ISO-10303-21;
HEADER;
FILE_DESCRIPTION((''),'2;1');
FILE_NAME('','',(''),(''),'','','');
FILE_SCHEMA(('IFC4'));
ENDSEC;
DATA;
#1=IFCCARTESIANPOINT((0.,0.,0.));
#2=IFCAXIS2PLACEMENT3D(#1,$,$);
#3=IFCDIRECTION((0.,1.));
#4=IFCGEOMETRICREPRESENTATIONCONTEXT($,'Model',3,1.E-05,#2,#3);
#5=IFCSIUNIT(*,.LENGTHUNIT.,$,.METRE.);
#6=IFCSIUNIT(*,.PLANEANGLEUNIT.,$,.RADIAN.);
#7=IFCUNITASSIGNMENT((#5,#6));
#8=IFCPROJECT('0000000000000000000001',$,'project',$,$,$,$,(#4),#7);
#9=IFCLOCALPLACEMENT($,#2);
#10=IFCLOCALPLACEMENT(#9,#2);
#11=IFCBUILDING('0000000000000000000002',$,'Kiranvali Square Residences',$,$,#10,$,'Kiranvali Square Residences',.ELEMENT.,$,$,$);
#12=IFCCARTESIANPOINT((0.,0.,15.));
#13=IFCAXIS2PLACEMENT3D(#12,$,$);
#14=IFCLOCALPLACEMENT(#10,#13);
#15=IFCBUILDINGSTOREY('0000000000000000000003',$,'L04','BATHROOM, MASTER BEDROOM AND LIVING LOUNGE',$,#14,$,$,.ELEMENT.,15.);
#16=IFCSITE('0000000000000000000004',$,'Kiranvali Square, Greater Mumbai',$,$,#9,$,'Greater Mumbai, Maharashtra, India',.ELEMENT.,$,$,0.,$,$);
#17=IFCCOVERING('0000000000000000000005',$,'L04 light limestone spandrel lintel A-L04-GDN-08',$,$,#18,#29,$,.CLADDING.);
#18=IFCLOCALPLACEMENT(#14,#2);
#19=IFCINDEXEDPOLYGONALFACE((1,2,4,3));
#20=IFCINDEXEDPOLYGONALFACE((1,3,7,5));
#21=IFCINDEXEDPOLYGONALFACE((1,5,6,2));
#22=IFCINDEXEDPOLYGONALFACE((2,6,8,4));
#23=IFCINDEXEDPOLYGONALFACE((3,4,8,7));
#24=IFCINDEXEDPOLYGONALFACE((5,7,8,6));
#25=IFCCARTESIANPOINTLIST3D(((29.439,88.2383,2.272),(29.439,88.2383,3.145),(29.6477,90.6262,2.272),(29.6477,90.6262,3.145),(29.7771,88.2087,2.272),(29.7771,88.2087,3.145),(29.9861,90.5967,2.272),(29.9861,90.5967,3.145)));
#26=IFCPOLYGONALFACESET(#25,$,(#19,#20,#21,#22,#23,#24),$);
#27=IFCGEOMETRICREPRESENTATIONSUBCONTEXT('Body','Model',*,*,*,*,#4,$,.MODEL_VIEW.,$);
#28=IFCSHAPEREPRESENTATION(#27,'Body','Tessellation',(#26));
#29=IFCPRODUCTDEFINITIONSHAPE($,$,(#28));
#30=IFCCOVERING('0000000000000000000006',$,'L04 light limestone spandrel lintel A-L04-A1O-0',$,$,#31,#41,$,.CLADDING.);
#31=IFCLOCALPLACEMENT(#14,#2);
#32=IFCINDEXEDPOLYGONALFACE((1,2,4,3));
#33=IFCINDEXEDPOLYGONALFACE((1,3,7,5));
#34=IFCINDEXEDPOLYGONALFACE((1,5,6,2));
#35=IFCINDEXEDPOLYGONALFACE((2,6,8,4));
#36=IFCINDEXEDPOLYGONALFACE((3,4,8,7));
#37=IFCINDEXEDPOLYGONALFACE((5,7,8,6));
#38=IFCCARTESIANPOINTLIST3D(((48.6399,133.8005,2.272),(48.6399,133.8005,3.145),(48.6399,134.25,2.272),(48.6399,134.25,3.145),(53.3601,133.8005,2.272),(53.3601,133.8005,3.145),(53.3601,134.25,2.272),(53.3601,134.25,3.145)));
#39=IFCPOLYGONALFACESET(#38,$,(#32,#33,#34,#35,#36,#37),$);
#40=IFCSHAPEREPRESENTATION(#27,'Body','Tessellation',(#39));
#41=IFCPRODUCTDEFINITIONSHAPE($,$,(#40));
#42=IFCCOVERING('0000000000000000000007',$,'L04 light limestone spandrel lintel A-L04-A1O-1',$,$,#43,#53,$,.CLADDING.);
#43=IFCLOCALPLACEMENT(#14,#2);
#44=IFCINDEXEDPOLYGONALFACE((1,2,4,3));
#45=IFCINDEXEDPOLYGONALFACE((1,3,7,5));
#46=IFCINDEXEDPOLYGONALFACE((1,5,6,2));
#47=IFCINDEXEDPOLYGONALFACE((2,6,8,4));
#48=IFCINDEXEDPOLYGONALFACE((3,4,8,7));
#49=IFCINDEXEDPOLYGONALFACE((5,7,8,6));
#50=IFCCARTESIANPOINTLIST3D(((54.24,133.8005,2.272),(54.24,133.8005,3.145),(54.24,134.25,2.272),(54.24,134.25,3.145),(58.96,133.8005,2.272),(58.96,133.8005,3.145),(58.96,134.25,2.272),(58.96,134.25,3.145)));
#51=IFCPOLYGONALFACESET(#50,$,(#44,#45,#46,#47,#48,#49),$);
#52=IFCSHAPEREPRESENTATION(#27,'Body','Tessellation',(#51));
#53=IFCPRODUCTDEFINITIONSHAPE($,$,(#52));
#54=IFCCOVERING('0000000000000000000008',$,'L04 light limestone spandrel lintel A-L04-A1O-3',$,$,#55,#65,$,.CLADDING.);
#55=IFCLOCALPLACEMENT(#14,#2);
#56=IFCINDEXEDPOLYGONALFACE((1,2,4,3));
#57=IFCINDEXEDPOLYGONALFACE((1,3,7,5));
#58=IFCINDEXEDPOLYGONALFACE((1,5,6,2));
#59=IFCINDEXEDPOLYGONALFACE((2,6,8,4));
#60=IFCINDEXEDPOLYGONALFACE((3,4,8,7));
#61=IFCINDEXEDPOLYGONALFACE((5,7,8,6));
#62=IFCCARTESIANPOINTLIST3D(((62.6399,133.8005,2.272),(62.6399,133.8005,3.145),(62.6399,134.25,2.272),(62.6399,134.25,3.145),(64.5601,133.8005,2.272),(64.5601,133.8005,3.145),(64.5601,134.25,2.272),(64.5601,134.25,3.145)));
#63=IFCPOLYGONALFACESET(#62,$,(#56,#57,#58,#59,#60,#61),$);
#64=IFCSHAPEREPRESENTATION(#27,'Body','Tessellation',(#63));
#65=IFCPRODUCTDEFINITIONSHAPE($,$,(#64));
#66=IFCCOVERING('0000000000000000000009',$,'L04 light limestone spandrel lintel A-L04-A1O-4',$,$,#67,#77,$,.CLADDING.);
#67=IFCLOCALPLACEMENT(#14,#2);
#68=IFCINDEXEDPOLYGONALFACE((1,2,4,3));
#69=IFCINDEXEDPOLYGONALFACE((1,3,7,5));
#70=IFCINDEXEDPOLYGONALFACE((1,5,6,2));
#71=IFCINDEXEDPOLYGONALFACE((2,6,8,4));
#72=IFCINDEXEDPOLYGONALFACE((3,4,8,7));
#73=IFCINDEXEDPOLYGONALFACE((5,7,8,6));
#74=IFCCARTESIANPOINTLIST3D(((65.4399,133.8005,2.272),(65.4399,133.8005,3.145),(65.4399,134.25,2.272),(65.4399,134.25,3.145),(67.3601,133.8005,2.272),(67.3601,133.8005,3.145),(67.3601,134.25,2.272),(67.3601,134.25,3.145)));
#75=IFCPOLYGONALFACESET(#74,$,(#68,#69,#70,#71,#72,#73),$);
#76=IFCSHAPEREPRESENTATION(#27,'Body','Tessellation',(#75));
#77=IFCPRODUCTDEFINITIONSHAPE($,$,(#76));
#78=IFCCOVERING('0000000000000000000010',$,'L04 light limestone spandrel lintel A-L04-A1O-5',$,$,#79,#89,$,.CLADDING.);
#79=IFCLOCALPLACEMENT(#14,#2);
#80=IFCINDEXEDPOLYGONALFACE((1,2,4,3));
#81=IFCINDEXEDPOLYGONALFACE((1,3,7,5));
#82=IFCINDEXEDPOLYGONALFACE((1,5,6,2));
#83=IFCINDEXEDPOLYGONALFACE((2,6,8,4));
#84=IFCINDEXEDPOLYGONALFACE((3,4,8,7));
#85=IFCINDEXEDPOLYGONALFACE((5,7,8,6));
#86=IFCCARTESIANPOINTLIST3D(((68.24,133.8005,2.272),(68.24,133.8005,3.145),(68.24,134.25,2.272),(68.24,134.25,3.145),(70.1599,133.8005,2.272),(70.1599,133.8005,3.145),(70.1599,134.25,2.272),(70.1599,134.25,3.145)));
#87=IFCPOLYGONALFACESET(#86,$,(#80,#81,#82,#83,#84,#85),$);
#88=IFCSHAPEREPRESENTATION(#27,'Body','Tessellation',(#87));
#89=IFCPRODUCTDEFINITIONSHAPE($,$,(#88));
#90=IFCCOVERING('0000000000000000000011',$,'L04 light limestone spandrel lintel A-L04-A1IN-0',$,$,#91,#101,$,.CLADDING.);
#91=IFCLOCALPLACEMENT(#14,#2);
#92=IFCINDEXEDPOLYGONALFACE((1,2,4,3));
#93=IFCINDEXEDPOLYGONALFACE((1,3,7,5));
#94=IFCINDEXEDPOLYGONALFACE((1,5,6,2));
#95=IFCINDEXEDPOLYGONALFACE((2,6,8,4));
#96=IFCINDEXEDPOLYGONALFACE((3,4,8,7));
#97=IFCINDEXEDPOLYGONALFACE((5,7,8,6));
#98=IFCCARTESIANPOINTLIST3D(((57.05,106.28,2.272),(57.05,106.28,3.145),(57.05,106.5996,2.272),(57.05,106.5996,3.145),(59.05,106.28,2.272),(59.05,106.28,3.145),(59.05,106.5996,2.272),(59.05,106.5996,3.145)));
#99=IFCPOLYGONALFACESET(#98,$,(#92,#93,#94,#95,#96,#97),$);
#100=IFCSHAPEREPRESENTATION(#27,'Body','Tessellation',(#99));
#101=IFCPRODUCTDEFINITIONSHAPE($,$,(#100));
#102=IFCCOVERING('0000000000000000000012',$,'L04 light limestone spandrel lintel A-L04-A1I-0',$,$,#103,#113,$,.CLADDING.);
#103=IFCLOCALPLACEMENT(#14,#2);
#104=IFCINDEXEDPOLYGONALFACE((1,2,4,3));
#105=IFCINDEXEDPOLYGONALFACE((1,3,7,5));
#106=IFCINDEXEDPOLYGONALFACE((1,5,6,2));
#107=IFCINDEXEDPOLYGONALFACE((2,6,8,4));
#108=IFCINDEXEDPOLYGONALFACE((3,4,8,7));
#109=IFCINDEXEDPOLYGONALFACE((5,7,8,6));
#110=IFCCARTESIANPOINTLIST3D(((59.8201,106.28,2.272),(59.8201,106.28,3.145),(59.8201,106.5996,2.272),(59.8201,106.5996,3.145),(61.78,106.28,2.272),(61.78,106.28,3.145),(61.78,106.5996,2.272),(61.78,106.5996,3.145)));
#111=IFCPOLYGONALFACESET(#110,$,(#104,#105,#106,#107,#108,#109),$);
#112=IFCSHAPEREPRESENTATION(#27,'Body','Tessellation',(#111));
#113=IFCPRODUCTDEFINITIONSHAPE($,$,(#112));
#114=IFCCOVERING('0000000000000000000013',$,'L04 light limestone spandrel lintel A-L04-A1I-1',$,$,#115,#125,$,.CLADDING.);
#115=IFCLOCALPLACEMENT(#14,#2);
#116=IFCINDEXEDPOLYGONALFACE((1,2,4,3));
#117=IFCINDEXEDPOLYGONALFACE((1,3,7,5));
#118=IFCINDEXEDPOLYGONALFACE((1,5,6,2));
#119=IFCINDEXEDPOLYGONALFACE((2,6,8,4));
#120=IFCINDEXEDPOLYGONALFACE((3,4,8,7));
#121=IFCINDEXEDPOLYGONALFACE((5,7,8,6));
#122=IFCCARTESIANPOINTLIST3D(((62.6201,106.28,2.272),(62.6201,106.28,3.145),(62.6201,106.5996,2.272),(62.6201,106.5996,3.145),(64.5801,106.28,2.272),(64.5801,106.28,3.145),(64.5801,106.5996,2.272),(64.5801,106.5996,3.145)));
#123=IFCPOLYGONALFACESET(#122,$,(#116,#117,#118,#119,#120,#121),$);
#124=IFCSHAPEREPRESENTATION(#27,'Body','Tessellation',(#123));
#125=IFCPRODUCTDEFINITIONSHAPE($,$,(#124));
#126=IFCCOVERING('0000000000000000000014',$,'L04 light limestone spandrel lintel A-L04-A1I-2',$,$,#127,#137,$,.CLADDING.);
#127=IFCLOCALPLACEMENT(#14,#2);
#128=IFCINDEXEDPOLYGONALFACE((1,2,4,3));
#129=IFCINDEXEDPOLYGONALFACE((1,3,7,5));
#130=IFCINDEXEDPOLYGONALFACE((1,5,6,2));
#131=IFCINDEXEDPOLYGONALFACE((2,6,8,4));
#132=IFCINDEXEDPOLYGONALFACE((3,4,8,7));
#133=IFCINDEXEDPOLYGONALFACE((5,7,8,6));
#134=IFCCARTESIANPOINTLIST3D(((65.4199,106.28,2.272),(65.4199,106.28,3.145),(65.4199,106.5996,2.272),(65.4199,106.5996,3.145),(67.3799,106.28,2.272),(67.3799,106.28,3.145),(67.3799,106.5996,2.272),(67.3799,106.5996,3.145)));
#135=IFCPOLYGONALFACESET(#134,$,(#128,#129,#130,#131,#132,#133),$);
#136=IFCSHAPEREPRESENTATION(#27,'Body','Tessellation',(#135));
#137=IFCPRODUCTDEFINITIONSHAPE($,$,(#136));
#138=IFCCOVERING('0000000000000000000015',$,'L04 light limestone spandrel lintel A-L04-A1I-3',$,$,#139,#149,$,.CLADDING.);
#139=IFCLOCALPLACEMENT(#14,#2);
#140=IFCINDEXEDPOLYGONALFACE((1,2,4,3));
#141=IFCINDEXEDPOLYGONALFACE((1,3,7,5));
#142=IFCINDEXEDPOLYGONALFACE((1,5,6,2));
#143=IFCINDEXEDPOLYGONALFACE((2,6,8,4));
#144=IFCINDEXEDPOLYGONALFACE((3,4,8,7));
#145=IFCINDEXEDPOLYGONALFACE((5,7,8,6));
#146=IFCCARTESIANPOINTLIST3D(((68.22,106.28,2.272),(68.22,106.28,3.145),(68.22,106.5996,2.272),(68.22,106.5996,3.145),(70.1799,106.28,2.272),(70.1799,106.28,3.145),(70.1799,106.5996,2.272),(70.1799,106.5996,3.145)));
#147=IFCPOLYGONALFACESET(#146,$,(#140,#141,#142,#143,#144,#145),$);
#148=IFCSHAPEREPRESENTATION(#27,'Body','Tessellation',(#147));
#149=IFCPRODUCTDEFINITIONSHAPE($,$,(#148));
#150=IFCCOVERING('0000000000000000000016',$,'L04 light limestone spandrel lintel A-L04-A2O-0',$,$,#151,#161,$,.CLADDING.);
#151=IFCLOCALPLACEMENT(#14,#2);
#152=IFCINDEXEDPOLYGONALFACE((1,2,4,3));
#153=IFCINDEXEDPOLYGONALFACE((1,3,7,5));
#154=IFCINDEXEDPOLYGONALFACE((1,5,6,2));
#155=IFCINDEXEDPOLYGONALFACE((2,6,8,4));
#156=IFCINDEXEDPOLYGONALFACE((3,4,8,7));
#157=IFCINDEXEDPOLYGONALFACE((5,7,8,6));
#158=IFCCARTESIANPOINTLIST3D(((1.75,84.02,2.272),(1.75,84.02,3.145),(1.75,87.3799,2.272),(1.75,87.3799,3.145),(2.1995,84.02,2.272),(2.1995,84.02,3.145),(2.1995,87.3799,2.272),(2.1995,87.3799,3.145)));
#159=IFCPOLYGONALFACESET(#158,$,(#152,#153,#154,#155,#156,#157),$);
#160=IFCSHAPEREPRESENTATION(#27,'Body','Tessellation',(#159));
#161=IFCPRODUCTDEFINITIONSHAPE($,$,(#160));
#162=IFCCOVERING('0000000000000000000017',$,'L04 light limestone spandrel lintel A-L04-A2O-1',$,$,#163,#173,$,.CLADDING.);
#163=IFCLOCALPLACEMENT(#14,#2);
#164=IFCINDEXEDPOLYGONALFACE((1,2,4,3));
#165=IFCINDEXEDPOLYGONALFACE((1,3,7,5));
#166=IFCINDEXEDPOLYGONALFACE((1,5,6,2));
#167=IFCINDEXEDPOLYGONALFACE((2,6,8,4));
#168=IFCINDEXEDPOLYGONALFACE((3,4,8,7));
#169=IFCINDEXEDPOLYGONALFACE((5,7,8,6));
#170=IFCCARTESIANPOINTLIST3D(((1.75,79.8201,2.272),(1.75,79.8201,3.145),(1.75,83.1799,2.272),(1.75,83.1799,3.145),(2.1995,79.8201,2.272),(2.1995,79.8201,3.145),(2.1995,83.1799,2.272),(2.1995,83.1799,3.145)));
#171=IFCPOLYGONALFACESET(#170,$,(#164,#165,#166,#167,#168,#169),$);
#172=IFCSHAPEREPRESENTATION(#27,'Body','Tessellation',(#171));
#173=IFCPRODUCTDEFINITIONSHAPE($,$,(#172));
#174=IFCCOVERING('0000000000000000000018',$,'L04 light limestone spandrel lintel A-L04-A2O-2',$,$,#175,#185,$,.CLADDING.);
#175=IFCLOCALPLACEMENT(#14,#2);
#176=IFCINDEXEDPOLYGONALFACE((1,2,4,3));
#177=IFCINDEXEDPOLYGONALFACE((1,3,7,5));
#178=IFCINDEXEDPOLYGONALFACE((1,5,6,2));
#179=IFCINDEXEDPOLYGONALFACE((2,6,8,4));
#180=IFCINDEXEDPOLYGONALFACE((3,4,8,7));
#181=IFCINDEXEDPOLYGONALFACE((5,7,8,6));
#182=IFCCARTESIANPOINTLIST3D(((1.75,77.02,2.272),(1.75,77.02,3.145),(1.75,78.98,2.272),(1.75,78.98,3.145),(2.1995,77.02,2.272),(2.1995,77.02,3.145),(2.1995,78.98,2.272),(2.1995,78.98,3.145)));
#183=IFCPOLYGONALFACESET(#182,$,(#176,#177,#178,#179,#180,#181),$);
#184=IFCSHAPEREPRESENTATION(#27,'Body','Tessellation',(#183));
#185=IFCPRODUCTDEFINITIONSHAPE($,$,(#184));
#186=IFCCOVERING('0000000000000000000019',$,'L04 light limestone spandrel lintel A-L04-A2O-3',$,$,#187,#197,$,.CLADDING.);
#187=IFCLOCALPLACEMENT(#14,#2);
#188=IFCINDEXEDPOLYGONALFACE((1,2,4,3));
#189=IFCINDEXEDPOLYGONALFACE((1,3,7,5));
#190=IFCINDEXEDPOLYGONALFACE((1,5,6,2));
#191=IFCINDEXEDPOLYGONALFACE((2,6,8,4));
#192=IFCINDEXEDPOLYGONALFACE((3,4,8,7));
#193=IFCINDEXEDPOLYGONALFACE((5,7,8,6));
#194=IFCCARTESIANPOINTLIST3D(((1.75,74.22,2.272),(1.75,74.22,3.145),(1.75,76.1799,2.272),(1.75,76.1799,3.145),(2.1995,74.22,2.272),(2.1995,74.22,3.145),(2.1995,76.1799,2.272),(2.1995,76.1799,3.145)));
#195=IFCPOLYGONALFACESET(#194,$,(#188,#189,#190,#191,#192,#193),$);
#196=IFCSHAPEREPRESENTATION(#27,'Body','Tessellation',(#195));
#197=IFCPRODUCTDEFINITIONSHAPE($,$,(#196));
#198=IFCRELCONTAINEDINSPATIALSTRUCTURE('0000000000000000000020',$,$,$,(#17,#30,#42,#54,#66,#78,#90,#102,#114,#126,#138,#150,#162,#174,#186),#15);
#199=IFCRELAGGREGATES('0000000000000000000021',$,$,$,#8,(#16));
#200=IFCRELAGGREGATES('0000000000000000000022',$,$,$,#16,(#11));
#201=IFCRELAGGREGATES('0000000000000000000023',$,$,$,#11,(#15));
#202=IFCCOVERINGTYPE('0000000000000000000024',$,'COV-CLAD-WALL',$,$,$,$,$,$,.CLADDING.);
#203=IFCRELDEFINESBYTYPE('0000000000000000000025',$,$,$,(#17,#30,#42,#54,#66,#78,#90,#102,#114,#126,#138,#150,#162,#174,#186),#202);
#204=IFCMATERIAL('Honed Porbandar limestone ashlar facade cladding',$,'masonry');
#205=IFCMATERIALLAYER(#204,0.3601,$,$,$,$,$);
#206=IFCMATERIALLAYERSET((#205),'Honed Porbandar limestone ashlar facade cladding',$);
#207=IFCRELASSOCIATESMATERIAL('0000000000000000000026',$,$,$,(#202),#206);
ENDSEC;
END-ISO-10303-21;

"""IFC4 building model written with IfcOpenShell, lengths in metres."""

from ifc_helpers import new_model, si_unit, direction, frame, origin, place, context, subcontext, project, spatial, polyline, outline, extrude, material, layer, layer_set, type_object, element, save


model = new_model("IFC4")

# Units and contexts
model_context = context("Model", 3, precision=1e-05, world=origin(), true_north=direction((0.0, 1.0)))
body_context = subcontext(model_context, "Body", "Model", "MODEL_VIEW")
ifc_project = project(units=[si_unit("LENGTHUNIT", "METRE"), si_unit("PLANEANGLEUNIT", "RADIAN")], contexts=[model_context])

# Site, building, storey
site_placement = place(None, origin())
site = spatial("IfcSite", under=ifc_project, at=site_placement, Name="Kiranvali Square, Greater Mumbai", LongName="Greater Mumbai, Maharashtra, India", CompositionType="ELEMENT", RefElevation=0.0)
building_placement = place(site_placement, origin())
building = spatial("IfcBuilding", under=site, at=building_placement, Name="Kiranvali Square Residences", LongName="Kiranvali Square Residences", CompositionType="ELEMENT")
storey_placement = place(building_placement, frame((0.0, 0.0, 15.0)))
storey = spatial("IfcBuildingStorey", under=building, at=storey_placement, Name="L04", Description="BATHROOM, MASTER BEDROOM AND LIVING LOUNGE", CompositionType="ELEMENT", Elevation=15.0)

# Coverings
ifc_material = material(Name="Honed Porbandar limestone ashlar facade cladding", Category="masonry")
ifc_layer = layer(ifc_material, 0.3601)
ifc_layer_set = layer_set([ifc_layer], Name="Honed Porbandar limestone ashlar facade cladding")
covering_type = type_object("IfcCoveringType", Name="COV-CLAD-WALL", PredefinedType="CLADDING", material=ifc_layer_set)
covering_1_placement = place(storey_placement, frame((0.0, 0.0, 2.272)))
element("IfcCovering", 1, at=covering_1_placement, inside=storey, type_object=covering_type, Name="L04 light limestone spandrel lintel A-L04-GDN-08", PredefinedType="CLADDING", context=body_context, shape_type="SweptSolid", body=[
    extrude(outline(polyline([(29.6477, 90.6262), (29.439, 88.2383), (29.7771, 88.2087), (29.9861, 90.5967), (29.6477, 90.6262)])), origin(), (0.0, 0.0, 1.0), 0.873),
])
covering_2_placement = place(storey_placement, frame((0.0, 0.0, 2.272)))
element("IfcCovering", 2, at=covering_2_placement, inside=storey, type_object=covering_type, Name="L04 light limestone spandrel lintel A-L04-A1O-0", PredefinedType="CLADDING", context=body_context, shape_type="SweptSolid", body=[
    extrude(outline(polyline([(48.6399, 133.8005), (53.3601, 133.8005), (53.3601, 134.25), (48.6399, 134.25), (48.6399, 133.8005)])), origin(), (0.0, 0.0, 1.0), 0.873),
])
covering_3_placement = place(storey_placement, frame((0.0, 0.0, 2.272)))
element("IfcCovering", 3, at=covering_3_placement, inside=storey, type_object=covering_type, Name="L04 light limestone spandrel lintel A-L04-A1O-1", PredefinedType="CLADDING", context=body_context, shape_type="SweptSolid", body=[
    extrude(outline(polyline([(54.24, 133.8005), (58.96, 133.8005), (58.96, 134.25), (54.24, 134.25), (54.24, 133.8005)])), origin(), (0.0, 0.0, 1.0), 0.873),
])
covering_4_placement = place(storey_placement, frame((0.0, 0.0, 2.272)))
element("IfcCovering", 4, at=covering_4_placement, inside=storey, type_object=covering_type, Name="L04 light limestone spandrel lintel A-L04-A1O-3", PredefinedType="CLADDING", context=body_context, shape_type="SweptSolid", body=[
    extrude(outline(polyline([(62.6399, 133.8005), (64.5601, 133.8005), (64.5601, 134.25), (62.6399, 134.25), (62.6399, 133.8005)])), origin(), (0.0, 0.0, 1.0), 0.873),
])
covering_5_placement = place(storey_placement, frame((0.0, 0.0, 2.272)))
element("IfcCovering", 5, at=covering_5_placement, inside=storey, type_object=covering_type, Name="L04 light limestone spandrel lintel A-L04-A1O-4", PredefinedType="CLADDING", context=body_context, shape_type="SweptSolid", body=[
    extrude(outline(polyline([(65.4399, 133.8005), (67.3601, 133.8005), (67.3601, 134.25), (65.4399, 134.25), (65.4399, 133.8005)])), origin(), (0.0, 0.0, 1.0), 0.873),
])
covering_6_placement = place(storey_placement, frame((0.0, 0.0, 2.272)))
element("IfcCovering", 6, at=covering_6_placement, inside=storey, type_object=covering_type, Name="L04 light limestone spandrel lintel A-L04-A1O-5", PredefinedType="CLADDING", context=body_context, shape_type="SweptSolid", body=[
    extrude(outline(polyline([(68.24, 133.8005), (70.1599, 133.8005), (70.1599, 134.25), (68.24, 134.25), (68.24, 133.8005)])), origin(), (0.0, 0.0, 1.0), 0.873),
])
covering_7_placement = place(storey_placement, frame((0.0, 0.0, 2.272)))
element("IfcCovering", 7, at=covering_7_placement, inside=storey, type_object=covering_type, Name="L04 light limestone spandrel lintel A-L04-A1IN-0", PredefinedType="CLADDING", context=body_context, shape_type="SweptSolid", body=[
    extrude(outline(polyline([(57.05, 106.28), (59.05, 106.28), (59.05, 106.5996), (57.05, 106.5996), (57.05, 106.28)])), origin(), (0.0, 0.0, 1.0), 0.873),
])
covering_8_placement = place(storey_placement, frame((0.0, 0.0, 2.272)))
element("IfcCovering", 8, at=covering_8_placement, inside=storey, type_object=covering_type, Name="L04 light limestone spandrel lintel A-L04-A1I-0", PredefinedType="CLADDING", context=body_context, shape_type="SweptSolid", body=[
    extrude(outline(polyline([(59.8201, 106.28), (61.78, 106.28), (61.78, 106.5996), (59.8201, 106.5996), (59.8201, 106.28)])), origin(), (0.0, 0.0, 1.0), 0.873),
])
covering_9_placement = place(storey_placement, frame((0.0, 0.0, 2.272)))
element("IfcCovering", 9, at=covering_9_placement, inside=storey, type_object=covering_type, Name="L04 light limestone spandrel lintel A-L04-A1I-1", PredefinedType="CLADDING", context=body_context, shape_type="SweptSolid", body=[
    extrude(outline(polyline([(62.6201, 106.28), (64.5801, 106.28), (64.5801, 106.5996), (62.6201, 106.5996), (62.6201, 106.28)])), origin(), (0.0, 0.0, 1.0), 0.873),
])
covering_10_placement = place(storey_placement, frame((0.0, 0.0, 2.272)))
element("IfcCovering", 10, at=covering_10_placement, inside=storey, type_object=covering_type, Name="L04 light limestone spandrel lintel A-L04-A1I-2", PredefinedType="CLADDING", context=body_context, shape_type="SweptSolid", body=[
    extrude(outline(polyline([(65.4199, 106.28), (67.3799, 106.28), (67.3799, 106.5996), (65.4199, 106.5996), (65.4199, 106.28)])), origin(), (0.0, 0.0, 1.0), 0.873),
])
covering_11_placement = place(storey_placement, frame((0.0, 0.0, 2.272)))
element("IfcCovering", 11, at=covering_11_placement, inside=storey, type_object=covering_type, Name="L04 light limestone spandrel lintel A-L04-A1I-3", PredefinedType="CLADDING", context=body_context, shape_type="SweptSolid", body=[
    extrude(outline(polyline([(68.22, 106.28), (70.1799, 106.28), (70.1799, 106.5996), (68.22, 106.5996), (68.22, 106.28)])), origin(), (0.0, 0.0, 1.0), 0.873),
])
covering_12_placement = place(storey_placement, frame((0.0, 0.0, 2.272)))
element("IfcCovering", 12, at=covering_12_placement, inside=storey, type_object=covering_type, Name="L04 light limestone spandrel lintel A-L04-A2O-0", PredefinedType="CLADDING", context=body_context, shape_type="SweptSolid", body=[
    extrude(outline(polyline([(1.75, 87.3799), (1.75, 84.02), (2.1995, 84.02), (2.1995, 87.3799), (1.75, 87.3799)])), origin(), (0.0, 0.0, 1.0), 0.873),
])
covering_13_placement = place(storey_placement, frame((0.0, 0.0, 2.272)))
element("IfcCovering", 13, at=covering_13_placement, inside=storey, type_object=covering_type, Name="L04 light limestone spandrel lintel A-L04-A2O-1", PredefinedType="CLADDING", context=body_context, shape_type="SweptSolid", body=[
    extrude(outline(polyline([(1.75, 83.1799), (1.75, 79.8201), (2.1995, 79.8201), (2.1995, 83.1799), (1.75, 83.1799)])), origin(), (0.0, 0.0, 1.0), 0.873),
])
covering_14_placement = place(storey_placement, frame((0.0, 0.0, 2.272)))
element("IfcCovering", 14, at=covering_14_placement, inside=storey, type_object=covering_type, Name="L04 light limestone spandrel lintel A-L04-A2O-2", PredefinedType="CLADDING", context=body_context, shape_type="SweptSolid", body=[
    extrude(outline(polyline([(1.75, 78.98), (1.75, 77.02), (2.1995, 77.02), (2.1995, 78.98), (1.75, 78.98)])), origin(), (0.0, 0.0, 1.0), 0.873),
])
covering_15_placement = place(storey_placement, frame((0.0, 0.0, 2.272)))
element("IfcCovering", 15, at=covering_15_placement, inside=storey, type_object=covering_type, Name="L04 light limestone spandrel lintel A-L04-A2O-3", PredefinedType="CLADDING", context=body_context, shape_type="SweptSolid", body=[
    extrude(outline(polyline([(1.75, 76.1799), (1.75, 74.22), (2.1995, 74.22), (2.1995, 76.1799), (1.75, 76.1799)])), origin(), (0.0, 0.0, 1.0), 0.873),
])

save(model, "model.ifc")
